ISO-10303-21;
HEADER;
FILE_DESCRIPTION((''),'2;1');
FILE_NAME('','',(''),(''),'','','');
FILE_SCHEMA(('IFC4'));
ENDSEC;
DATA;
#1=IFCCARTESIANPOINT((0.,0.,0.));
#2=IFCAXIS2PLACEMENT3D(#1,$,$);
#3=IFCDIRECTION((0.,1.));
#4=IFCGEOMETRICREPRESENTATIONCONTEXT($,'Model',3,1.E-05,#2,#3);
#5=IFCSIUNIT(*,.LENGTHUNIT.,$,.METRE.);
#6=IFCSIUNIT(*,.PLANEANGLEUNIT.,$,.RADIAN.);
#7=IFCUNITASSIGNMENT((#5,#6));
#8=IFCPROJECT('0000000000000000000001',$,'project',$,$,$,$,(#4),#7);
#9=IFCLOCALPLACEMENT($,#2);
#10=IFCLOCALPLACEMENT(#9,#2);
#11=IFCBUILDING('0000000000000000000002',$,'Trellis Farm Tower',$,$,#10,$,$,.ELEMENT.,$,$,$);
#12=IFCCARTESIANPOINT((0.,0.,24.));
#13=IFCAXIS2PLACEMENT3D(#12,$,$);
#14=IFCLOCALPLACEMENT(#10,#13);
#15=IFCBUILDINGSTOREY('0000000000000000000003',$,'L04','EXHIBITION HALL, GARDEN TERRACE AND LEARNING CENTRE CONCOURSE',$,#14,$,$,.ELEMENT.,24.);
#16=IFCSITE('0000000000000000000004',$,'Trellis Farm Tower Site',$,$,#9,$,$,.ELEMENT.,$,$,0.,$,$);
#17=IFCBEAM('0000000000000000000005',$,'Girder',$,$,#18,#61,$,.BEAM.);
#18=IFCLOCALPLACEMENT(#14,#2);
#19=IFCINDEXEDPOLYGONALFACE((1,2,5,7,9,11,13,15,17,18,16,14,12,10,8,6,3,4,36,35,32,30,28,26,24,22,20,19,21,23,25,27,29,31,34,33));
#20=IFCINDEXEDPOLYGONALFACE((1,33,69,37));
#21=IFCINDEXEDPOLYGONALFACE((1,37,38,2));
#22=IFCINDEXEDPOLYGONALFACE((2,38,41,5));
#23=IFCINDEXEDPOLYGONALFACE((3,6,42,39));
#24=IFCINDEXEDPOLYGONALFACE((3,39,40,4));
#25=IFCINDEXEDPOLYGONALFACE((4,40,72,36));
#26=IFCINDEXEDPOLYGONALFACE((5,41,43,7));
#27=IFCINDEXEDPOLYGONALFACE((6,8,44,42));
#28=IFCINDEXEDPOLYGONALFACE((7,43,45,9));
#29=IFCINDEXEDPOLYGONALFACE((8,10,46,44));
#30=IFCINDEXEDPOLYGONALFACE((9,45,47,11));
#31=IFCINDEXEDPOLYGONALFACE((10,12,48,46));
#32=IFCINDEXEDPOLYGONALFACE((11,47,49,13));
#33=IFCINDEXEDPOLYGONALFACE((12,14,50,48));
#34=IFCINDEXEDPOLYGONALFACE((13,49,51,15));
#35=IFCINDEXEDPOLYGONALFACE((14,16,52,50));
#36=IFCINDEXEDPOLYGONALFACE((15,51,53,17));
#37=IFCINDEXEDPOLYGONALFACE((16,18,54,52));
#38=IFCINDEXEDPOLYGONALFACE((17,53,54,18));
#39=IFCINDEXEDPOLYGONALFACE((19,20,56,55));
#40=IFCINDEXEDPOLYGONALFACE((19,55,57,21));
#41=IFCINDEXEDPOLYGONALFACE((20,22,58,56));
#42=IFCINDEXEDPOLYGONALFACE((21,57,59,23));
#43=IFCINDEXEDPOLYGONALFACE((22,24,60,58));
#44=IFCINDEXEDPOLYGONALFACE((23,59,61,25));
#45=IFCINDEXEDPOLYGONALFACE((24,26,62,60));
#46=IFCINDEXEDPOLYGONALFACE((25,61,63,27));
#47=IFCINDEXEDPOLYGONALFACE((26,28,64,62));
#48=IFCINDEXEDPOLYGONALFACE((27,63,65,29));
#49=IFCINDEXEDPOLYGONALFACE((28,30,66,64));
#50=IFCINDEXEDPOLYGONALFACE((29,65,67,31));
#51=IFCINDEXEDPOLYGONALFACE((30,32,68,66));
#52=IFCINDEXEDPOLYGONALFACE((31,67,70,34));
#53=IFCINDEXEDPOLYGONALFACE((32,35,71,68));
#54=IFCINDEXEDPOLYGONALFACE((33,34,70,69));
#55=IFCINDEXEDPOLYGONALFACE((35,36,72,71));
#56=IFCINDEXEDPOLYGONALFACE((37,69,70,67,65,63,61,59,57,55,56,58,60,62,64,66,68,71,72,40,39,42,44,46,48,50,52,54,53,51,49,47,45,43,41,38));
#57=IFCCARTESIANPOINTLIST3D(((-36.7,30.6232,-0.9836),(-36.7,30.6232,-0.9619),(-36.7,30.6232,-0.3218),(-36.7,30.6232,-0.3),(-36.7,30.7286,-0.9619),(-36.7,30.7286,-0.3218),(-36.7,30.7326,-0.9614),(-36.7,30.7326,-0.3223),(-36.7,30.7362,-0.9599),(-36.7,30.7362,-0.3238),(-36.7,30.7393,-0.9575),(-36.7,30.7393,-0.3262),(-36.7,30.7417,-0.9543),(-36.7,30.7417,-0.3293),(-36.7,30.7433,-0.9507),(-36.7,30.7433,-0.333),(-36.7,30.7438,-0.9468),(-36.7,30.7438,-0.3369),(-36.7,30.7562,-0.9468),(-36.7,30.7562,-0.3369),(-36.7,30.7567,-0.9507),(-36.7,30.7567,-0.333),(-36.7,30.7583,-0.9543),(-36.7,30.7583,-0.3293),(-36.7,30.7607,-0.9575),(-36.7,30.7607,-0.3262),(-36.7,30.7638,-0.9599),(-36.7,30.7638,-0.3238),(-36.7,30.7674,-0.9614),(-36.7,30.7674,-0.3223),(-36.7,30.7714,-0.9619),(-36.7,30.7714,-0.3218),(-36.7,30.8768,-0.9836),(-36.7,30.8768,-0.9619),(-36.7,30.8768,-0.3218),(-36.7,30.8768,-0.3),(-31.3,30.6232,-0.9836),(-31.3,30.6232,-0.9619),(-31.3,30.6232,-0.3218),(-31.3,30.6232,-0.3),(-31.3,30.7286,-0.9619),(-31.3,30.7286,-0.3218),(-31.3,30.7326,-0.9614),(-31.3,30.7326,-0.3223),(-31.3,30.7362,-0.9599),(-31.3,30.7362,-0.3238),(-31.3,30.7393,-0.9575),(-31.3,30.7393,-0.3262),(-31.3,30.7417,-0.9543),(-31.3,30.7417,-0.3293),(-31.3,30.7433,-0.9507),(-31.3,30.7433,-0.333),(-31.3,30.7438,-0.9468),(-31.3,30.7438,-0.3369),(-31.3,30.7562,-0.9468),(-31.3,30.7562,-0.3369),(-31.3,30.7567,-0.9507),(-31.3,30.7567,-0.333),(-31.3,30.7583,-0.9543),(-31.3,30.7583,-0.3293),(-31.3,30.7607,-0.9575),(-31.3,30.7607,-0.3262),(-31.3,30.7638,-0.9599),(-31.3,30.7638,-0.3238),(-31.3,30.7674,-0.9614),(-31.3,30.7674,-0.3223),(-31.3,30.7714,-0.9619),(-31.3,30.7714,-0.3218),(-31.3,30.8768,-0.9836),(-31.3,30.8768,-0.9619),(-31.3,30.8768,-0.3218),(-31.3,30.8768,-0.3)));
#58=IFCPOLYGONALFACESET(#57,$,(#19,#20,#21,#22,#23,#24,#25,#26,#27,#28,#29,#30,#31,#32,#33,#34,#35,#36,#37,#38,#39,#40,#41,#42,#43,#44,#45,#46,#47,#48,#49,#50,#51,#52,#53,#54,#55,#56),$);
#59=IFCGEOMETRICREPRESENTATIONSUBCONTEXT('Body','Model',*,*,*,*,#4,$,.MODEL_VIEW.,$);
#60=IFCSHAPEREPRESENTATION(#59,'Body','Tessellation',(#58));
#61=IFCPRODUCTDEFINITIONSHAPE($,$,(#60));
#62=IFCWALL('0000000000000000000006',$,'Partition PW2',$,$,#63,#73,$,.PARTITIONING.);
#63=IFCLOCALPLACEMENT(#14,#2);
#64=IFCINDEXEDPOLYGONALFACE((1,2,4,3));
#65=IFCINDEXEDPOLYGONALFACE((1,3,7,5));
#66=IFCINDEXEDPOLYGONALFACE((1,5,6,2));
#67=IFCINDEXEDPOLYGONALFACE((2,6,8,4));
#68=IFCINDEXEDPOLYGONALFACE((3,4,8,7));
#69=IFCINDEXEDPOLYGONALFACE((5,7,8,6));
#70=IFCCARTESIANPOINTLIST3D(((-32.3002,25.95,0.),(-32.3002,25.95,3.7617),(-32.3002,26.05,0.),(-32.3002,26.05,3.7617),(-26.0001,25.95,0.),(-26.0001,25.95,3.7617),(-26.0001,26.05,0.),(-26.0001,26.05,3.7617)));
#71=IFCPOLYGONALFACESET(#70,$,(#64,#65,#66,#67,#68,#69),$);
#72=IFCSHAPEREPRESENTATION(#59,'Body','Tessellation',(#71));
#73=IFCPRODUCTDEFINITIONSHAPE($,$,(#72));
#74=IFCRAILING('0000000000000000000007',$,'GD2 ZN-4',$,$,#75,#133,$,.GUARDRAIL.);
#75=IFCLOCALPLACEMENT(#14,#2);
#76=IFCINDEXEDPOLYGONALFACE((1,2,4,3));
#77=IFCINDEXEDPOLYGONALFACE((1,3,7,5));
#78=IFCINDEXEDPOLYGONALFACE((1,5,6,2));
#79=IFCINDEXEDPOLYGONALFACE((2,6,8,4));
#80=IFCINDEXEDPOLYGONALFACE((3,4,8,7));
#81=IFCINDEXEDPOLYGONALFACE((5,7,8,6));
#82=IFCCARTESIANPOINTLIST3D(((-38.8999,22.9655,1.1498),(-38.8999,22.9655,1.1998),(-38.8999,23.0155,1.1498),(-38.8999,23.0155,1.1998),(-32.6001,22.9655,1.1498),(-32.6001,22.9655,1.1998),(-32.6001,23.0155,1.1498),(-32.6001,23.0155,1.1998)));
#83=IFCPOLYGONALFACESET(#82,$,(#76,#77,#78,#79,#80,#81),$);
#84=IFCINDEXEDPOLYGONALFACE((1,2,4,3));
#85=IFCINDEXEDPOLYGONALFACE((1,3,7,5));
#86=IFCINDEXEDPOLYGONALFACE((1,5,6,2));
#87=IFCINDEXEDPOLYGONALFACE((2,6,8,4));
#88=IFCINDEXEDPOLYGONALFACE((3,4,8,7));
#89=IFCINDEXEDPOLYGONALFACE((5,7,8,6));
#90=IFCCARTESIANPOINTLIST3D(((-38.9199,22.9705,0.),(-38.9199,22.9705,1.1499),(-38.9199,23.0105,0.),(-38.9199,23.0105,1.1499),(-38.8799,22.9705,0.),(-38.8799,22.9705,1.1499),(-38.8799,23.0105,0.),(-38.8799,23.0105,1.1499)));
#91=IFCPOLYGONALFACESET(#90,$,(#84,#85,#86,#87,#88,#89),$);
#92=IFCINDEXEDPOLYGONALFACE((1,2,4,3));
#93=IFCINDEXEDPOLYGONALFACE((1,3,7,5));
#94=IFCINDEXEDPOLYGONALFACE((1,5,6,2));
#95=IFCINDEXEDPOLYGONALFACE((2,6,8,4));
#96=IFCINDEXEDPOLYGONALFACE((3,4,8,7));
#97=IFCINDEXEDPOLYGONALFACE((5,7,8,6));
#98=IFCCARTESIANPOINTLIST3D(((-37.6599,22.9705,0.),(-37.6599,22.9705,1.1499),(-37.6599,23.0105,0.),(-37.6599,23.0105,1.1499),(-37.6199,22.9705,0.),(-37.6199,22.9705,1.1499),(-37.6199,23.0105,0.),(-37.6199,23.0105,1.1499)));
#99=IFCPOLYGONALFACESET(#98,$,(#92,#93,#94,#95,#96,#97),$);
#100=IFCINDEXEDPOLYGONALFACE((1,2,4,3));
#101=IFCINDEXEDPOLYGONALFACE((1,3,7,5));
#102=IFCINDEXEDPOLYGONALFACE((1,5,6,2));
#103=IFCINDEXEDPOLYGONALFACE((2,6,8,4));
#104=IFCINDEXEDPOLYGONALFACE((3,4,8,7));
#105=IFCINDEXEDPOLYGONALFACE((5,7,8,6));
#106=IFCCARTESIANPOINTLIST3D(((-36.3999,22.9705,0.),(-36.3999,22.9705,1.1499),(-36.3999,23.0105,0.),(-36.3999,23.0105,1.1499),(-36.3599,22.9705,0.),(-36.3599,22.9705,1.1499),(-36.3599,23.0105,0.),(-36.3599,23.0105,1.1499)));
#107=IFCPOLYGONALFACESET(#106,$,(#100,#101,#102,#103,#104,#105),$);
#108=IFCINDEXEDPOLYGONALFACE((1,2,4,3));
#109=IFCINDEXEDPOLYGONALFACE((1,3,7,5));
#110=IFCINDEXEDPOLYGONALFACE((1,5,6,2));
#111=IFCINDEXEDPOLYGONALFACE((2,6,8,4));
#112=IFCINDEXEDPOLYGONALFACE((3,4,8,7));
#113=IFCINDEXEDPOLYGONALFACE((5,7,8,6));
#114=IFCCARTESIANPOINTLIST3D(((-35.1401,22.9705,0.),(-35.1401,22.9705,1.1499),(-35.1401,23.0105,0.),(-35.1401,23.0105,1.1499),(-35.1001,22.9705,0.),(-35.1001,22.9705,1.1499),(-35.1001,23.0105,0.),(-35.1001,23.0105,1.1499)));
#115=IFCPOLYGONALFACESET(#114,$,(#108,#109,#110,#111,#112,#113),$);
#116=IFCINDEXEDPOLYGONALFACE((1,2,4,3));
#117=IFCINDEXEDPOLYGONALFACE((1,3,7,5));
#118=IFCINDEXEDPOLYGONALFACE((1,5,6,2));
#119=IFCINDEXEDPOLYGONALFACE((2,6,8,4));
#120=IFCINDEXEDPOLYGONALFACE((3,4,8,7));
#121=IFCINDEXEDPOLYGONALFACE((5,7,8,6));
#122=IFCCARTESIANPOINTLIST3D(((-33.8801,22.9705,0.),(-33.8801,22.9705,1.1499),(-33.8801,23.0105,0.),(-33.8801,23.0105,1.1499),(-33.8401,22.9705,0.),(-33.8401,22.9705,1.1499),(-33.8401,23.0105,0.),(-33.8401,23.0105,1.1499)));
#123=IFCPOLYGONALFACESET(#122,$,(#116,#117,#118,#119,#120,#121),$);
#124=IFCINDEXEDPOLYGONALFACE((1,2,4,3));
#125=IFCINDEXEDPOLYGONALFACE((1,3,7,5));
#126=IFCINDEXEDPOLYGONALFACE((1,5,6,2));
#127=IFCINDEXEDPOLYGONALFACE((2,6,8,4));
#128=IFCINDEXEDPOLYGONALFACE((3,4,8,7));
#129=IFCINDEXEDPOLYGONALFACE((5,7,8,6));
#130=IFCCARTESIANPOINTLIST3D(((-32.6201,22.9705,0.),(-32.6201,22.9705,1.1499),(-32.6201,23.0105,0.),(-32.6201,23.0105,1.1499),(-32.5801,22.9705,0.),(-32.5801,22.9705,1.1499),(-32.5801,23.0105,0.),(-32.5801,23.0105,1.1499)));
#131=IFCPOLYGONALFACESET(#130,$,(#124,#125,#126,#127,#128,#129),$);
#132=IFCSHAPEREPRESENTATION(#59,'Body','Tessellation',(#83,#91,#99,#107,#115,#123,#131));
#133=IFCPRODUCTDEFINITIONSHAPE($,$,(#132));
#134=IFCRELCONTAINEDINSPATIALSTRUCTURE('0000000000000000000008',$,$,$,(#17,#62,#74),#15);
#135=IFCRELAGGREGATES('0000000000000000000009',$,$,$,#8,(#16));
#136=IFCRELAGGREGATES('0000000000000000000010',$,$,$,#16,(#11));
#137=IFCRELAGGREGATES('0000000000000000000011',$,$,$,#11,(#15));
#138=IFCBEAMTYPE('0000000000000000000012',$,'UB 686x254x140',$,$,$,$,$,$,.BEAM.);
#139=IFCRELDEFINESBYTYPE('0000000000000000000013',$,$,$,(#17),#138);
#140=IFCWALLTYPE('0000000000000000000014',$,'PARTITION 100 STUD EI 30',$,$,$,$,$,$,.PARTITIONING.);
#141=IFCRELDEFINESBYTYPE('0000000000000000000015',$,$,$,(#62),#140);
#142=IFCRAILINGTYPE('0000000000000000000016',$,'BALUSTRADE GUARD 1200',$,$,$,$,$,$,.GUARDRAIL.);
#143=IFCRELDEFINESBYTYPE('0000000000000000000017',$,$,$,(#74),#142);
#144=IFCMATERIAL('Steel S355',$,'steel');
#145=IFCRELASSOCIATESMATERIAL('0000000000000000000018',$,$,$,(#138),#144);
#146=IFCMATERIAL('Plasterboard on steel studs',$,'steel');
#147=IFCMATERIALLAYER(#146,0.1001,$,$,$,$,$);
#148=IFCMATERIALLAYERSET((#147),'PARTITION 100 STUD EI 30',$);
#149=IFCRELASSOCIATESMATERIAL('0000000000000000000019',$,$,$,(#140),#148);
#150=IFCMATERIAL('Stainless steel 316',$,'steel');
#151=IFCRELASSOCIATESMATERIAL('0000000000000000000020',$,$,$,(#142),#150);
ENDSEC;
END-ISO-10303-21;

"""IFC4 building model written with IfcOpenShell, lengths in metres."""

from ifc_helpers import new_model, si_unit, direction, frame, frame_2d, origin, origin_2d, place, context, subcontext, project, spatial, rectangle, i_section, extrude, source, transform, mapped, material, layer, layer_set, material_profile, profile_set, type_object, element, save


model = new_model("IFC4")

# Units and contexts
model_context = context("Model", 3, precision=1e-05, world=origin(), true_north=direction((0.0, 1.0)))
body_context = subcontext(model_context, "Body", "Model", "MODEL_VIEW")
ifc_project = project(units=[si_unit("LENGTHUNIT", "METRE"), si_unit("PLANEANGLEUNIT", "RADIAN")], contexts=[model_context])

# Site, building, storey
site_placement = place(None, origin())
site = spatial("IfcSite", under=ifc_project, at=site_placement, Name="Trellis Farm Tower Site", CompositionType="ELEMENT", RefElevation=0.0)
building_placement = place(site_placement, origin())
building = spatial("IfcBuilding", under=site, at=building_placement, Name="Trellis Farm Tower", CompositionType="ELEMENT")
storey_placement = place(building_placement, frame((0.0, 0.0, 24.0)))
storey = spatial("IfcBuildingStorey", under=building, at=storey_placement, Name="L04", Description="EXHIBITION HALL, GARDEN TERRACE AND LEARNING CENTRE CONCOURSE", CompositionType="ELEMENT", Elevation=24.0)

# Beam
ifc_material_1 = material(Name="Steel S355", Category="steel")
ifc_material_profile = material_profile(ifc_material_1, i_section(OverallWidth=0.2537, OverallDepth=0.6836, WebThickness=0.0125, FlangeThickness=0.0217, FilletRadius=0.0151, at=origin_2d()), Name="UB 686x254x140")
ifc_profile_set = profile_set([ifc_material_profile], Name="Steel S355")
beam_type = type_object("IfcBeamType", Name="UB 686x254x140", PredefinedType="BEAM", material=ifc_profile_set)
shared_shape_1 = source(origin(), body_context, "Body", "SweptSolid", [
    extrude(i_section(OverallWidth=0.2537, OverallDepth=0.6836, WebThickness=0.0125, FlangeThickness=0.0217, FilletRadius=0.0151, at=origin_2d()), origin(), (0.0, 0.0, 1.0), 5.3999),
])
beam_placement = place(storey_placement, frame((-36.7, 30.75, -0.6418), z_axis=(1.0, 0.0, 0.0), x_axis=(0.0, 1.0, 0.0)))
element("IfcBeam", 1, at=beam_placement, inside=storey, type_object=beam_type, Name="Girder", PredefinedType="BEAM", context=body_context, shape_type="MappedRepresentation", body=[
    mapped(shared_shape_1, transform((0.0, 0.0, 0.0))),
])

# Wall
ifc_material_2 = material(Name="Plasterboard on steel studs", Category="steel")
ifc_layer_1 = layer(ifc_material_2, 0.1001)
ifc_layer_set_1 = layer_set([ifc_layer_1], Name="PARTITION 100 STUD EI 30")
wall_type_1 = type_object("IfcWallType", Name="PARTITION 100 STUD EI 30", PredefinedType="PARTITIONING", material=ifc_layer_set_1)
shared_shape_2 = source(origin(), body_context, "Body", "SweptSolid", [
    extrude(rectangle(XDim=6.3, YDim=0.1001, at=frame_2d((3.1499, 0.0))), origin(), (0.0, 0.0, 1.0), 3.7617),
])
wall_1_placement = place(storey_placement, frame((-32.3, 26.0, 0.0), z_axis=(0.0, 0.0, 1.0), x_axis=(1.0, 0.0, 0.0)))
element("IfcWall", 2, at=wall_1_placement, inside=storey, type_object=wall_type_1, Name="Partition PW2", PredefinedType="PARTITIONING", context=body_context, shape_type="MappedRepresentation", body=[
    mapped(shared_shape_2, transform((0.0, 0.0, 0.0))),
])

# Railing
ifc_material_3 = material(Name="Stainless steel 316", Category="steel")
railing_type = type_object("IfcRailingType", Name="BALUSTRADE GUARD 1200", PredefinedType="GUARDRAIL", material=ifc_material_3)
shared_shape_3 = source(origin(), body_context, "Body", "SweptSolid", [
    extrude(rectangle(XDim=0.05, YDim=0.05, at=origin_2d()), frame((0.0, 0.0, 1.1748), z_axis=(1.0, 0.0, 0.0), x_axis=(0.0, 1.0, 0.0)), (0.0, 0.0, 1.0), 6.2998),
    extrude(rectangle(XDim=0.04, YDim=0.04, at=origin_2d()), origin(), (0.0, 0.0, 1.0), 1.1499),
    extrude(rectangle(XDim=0.04, YDim=0.04, at=origin_2d()), frame((1.26, 0.0, 0.0)), (0.0, 0.0, 1.0), 1.1499),
    extrude(rectangle(XDim=0.04, YDim=0.04, at=origin_2d()), frame((2.52, 0.0, 0.0)), (0.0, 0.0, 1.0), 1.1499),
    extrude(rectangle(XDim=0.04, YDim=0.04, at=origin_2d()), frame((3.7798, 0.0, 0.0)), (0.0, 0.0, 1.0), 1.1499),
    extrude(rectangle(XDim=0.04, YDim=0.04, at=origin_2d()), frame((5.0398, 0.0, 0.0)), (0.0, 0.0, 1.0), 1.1499),
    extrude(rectangle(XDim=0.04, YDim=0.04, at=origin_2d()), frame((6.2998, 0.0, 0.0)), (0.0, 0.0, 1.0), 1.1499),
])
railing_placement = place(storey_placement, frame((-38.8999, 22.9905, 0.0)))
element("IfcRailing", 3, at=railing_placement, inside=storey, type_object=railing_type, Name="GD2 ZN-4", PredefinedType="GUARDRAIL", context=body_context, shape_type="MappedRepresentation", body=[
    mapped(shared_shape_3, transform((0.0, 0.0, 0.0))),
])

save(model, "model.ifc")
